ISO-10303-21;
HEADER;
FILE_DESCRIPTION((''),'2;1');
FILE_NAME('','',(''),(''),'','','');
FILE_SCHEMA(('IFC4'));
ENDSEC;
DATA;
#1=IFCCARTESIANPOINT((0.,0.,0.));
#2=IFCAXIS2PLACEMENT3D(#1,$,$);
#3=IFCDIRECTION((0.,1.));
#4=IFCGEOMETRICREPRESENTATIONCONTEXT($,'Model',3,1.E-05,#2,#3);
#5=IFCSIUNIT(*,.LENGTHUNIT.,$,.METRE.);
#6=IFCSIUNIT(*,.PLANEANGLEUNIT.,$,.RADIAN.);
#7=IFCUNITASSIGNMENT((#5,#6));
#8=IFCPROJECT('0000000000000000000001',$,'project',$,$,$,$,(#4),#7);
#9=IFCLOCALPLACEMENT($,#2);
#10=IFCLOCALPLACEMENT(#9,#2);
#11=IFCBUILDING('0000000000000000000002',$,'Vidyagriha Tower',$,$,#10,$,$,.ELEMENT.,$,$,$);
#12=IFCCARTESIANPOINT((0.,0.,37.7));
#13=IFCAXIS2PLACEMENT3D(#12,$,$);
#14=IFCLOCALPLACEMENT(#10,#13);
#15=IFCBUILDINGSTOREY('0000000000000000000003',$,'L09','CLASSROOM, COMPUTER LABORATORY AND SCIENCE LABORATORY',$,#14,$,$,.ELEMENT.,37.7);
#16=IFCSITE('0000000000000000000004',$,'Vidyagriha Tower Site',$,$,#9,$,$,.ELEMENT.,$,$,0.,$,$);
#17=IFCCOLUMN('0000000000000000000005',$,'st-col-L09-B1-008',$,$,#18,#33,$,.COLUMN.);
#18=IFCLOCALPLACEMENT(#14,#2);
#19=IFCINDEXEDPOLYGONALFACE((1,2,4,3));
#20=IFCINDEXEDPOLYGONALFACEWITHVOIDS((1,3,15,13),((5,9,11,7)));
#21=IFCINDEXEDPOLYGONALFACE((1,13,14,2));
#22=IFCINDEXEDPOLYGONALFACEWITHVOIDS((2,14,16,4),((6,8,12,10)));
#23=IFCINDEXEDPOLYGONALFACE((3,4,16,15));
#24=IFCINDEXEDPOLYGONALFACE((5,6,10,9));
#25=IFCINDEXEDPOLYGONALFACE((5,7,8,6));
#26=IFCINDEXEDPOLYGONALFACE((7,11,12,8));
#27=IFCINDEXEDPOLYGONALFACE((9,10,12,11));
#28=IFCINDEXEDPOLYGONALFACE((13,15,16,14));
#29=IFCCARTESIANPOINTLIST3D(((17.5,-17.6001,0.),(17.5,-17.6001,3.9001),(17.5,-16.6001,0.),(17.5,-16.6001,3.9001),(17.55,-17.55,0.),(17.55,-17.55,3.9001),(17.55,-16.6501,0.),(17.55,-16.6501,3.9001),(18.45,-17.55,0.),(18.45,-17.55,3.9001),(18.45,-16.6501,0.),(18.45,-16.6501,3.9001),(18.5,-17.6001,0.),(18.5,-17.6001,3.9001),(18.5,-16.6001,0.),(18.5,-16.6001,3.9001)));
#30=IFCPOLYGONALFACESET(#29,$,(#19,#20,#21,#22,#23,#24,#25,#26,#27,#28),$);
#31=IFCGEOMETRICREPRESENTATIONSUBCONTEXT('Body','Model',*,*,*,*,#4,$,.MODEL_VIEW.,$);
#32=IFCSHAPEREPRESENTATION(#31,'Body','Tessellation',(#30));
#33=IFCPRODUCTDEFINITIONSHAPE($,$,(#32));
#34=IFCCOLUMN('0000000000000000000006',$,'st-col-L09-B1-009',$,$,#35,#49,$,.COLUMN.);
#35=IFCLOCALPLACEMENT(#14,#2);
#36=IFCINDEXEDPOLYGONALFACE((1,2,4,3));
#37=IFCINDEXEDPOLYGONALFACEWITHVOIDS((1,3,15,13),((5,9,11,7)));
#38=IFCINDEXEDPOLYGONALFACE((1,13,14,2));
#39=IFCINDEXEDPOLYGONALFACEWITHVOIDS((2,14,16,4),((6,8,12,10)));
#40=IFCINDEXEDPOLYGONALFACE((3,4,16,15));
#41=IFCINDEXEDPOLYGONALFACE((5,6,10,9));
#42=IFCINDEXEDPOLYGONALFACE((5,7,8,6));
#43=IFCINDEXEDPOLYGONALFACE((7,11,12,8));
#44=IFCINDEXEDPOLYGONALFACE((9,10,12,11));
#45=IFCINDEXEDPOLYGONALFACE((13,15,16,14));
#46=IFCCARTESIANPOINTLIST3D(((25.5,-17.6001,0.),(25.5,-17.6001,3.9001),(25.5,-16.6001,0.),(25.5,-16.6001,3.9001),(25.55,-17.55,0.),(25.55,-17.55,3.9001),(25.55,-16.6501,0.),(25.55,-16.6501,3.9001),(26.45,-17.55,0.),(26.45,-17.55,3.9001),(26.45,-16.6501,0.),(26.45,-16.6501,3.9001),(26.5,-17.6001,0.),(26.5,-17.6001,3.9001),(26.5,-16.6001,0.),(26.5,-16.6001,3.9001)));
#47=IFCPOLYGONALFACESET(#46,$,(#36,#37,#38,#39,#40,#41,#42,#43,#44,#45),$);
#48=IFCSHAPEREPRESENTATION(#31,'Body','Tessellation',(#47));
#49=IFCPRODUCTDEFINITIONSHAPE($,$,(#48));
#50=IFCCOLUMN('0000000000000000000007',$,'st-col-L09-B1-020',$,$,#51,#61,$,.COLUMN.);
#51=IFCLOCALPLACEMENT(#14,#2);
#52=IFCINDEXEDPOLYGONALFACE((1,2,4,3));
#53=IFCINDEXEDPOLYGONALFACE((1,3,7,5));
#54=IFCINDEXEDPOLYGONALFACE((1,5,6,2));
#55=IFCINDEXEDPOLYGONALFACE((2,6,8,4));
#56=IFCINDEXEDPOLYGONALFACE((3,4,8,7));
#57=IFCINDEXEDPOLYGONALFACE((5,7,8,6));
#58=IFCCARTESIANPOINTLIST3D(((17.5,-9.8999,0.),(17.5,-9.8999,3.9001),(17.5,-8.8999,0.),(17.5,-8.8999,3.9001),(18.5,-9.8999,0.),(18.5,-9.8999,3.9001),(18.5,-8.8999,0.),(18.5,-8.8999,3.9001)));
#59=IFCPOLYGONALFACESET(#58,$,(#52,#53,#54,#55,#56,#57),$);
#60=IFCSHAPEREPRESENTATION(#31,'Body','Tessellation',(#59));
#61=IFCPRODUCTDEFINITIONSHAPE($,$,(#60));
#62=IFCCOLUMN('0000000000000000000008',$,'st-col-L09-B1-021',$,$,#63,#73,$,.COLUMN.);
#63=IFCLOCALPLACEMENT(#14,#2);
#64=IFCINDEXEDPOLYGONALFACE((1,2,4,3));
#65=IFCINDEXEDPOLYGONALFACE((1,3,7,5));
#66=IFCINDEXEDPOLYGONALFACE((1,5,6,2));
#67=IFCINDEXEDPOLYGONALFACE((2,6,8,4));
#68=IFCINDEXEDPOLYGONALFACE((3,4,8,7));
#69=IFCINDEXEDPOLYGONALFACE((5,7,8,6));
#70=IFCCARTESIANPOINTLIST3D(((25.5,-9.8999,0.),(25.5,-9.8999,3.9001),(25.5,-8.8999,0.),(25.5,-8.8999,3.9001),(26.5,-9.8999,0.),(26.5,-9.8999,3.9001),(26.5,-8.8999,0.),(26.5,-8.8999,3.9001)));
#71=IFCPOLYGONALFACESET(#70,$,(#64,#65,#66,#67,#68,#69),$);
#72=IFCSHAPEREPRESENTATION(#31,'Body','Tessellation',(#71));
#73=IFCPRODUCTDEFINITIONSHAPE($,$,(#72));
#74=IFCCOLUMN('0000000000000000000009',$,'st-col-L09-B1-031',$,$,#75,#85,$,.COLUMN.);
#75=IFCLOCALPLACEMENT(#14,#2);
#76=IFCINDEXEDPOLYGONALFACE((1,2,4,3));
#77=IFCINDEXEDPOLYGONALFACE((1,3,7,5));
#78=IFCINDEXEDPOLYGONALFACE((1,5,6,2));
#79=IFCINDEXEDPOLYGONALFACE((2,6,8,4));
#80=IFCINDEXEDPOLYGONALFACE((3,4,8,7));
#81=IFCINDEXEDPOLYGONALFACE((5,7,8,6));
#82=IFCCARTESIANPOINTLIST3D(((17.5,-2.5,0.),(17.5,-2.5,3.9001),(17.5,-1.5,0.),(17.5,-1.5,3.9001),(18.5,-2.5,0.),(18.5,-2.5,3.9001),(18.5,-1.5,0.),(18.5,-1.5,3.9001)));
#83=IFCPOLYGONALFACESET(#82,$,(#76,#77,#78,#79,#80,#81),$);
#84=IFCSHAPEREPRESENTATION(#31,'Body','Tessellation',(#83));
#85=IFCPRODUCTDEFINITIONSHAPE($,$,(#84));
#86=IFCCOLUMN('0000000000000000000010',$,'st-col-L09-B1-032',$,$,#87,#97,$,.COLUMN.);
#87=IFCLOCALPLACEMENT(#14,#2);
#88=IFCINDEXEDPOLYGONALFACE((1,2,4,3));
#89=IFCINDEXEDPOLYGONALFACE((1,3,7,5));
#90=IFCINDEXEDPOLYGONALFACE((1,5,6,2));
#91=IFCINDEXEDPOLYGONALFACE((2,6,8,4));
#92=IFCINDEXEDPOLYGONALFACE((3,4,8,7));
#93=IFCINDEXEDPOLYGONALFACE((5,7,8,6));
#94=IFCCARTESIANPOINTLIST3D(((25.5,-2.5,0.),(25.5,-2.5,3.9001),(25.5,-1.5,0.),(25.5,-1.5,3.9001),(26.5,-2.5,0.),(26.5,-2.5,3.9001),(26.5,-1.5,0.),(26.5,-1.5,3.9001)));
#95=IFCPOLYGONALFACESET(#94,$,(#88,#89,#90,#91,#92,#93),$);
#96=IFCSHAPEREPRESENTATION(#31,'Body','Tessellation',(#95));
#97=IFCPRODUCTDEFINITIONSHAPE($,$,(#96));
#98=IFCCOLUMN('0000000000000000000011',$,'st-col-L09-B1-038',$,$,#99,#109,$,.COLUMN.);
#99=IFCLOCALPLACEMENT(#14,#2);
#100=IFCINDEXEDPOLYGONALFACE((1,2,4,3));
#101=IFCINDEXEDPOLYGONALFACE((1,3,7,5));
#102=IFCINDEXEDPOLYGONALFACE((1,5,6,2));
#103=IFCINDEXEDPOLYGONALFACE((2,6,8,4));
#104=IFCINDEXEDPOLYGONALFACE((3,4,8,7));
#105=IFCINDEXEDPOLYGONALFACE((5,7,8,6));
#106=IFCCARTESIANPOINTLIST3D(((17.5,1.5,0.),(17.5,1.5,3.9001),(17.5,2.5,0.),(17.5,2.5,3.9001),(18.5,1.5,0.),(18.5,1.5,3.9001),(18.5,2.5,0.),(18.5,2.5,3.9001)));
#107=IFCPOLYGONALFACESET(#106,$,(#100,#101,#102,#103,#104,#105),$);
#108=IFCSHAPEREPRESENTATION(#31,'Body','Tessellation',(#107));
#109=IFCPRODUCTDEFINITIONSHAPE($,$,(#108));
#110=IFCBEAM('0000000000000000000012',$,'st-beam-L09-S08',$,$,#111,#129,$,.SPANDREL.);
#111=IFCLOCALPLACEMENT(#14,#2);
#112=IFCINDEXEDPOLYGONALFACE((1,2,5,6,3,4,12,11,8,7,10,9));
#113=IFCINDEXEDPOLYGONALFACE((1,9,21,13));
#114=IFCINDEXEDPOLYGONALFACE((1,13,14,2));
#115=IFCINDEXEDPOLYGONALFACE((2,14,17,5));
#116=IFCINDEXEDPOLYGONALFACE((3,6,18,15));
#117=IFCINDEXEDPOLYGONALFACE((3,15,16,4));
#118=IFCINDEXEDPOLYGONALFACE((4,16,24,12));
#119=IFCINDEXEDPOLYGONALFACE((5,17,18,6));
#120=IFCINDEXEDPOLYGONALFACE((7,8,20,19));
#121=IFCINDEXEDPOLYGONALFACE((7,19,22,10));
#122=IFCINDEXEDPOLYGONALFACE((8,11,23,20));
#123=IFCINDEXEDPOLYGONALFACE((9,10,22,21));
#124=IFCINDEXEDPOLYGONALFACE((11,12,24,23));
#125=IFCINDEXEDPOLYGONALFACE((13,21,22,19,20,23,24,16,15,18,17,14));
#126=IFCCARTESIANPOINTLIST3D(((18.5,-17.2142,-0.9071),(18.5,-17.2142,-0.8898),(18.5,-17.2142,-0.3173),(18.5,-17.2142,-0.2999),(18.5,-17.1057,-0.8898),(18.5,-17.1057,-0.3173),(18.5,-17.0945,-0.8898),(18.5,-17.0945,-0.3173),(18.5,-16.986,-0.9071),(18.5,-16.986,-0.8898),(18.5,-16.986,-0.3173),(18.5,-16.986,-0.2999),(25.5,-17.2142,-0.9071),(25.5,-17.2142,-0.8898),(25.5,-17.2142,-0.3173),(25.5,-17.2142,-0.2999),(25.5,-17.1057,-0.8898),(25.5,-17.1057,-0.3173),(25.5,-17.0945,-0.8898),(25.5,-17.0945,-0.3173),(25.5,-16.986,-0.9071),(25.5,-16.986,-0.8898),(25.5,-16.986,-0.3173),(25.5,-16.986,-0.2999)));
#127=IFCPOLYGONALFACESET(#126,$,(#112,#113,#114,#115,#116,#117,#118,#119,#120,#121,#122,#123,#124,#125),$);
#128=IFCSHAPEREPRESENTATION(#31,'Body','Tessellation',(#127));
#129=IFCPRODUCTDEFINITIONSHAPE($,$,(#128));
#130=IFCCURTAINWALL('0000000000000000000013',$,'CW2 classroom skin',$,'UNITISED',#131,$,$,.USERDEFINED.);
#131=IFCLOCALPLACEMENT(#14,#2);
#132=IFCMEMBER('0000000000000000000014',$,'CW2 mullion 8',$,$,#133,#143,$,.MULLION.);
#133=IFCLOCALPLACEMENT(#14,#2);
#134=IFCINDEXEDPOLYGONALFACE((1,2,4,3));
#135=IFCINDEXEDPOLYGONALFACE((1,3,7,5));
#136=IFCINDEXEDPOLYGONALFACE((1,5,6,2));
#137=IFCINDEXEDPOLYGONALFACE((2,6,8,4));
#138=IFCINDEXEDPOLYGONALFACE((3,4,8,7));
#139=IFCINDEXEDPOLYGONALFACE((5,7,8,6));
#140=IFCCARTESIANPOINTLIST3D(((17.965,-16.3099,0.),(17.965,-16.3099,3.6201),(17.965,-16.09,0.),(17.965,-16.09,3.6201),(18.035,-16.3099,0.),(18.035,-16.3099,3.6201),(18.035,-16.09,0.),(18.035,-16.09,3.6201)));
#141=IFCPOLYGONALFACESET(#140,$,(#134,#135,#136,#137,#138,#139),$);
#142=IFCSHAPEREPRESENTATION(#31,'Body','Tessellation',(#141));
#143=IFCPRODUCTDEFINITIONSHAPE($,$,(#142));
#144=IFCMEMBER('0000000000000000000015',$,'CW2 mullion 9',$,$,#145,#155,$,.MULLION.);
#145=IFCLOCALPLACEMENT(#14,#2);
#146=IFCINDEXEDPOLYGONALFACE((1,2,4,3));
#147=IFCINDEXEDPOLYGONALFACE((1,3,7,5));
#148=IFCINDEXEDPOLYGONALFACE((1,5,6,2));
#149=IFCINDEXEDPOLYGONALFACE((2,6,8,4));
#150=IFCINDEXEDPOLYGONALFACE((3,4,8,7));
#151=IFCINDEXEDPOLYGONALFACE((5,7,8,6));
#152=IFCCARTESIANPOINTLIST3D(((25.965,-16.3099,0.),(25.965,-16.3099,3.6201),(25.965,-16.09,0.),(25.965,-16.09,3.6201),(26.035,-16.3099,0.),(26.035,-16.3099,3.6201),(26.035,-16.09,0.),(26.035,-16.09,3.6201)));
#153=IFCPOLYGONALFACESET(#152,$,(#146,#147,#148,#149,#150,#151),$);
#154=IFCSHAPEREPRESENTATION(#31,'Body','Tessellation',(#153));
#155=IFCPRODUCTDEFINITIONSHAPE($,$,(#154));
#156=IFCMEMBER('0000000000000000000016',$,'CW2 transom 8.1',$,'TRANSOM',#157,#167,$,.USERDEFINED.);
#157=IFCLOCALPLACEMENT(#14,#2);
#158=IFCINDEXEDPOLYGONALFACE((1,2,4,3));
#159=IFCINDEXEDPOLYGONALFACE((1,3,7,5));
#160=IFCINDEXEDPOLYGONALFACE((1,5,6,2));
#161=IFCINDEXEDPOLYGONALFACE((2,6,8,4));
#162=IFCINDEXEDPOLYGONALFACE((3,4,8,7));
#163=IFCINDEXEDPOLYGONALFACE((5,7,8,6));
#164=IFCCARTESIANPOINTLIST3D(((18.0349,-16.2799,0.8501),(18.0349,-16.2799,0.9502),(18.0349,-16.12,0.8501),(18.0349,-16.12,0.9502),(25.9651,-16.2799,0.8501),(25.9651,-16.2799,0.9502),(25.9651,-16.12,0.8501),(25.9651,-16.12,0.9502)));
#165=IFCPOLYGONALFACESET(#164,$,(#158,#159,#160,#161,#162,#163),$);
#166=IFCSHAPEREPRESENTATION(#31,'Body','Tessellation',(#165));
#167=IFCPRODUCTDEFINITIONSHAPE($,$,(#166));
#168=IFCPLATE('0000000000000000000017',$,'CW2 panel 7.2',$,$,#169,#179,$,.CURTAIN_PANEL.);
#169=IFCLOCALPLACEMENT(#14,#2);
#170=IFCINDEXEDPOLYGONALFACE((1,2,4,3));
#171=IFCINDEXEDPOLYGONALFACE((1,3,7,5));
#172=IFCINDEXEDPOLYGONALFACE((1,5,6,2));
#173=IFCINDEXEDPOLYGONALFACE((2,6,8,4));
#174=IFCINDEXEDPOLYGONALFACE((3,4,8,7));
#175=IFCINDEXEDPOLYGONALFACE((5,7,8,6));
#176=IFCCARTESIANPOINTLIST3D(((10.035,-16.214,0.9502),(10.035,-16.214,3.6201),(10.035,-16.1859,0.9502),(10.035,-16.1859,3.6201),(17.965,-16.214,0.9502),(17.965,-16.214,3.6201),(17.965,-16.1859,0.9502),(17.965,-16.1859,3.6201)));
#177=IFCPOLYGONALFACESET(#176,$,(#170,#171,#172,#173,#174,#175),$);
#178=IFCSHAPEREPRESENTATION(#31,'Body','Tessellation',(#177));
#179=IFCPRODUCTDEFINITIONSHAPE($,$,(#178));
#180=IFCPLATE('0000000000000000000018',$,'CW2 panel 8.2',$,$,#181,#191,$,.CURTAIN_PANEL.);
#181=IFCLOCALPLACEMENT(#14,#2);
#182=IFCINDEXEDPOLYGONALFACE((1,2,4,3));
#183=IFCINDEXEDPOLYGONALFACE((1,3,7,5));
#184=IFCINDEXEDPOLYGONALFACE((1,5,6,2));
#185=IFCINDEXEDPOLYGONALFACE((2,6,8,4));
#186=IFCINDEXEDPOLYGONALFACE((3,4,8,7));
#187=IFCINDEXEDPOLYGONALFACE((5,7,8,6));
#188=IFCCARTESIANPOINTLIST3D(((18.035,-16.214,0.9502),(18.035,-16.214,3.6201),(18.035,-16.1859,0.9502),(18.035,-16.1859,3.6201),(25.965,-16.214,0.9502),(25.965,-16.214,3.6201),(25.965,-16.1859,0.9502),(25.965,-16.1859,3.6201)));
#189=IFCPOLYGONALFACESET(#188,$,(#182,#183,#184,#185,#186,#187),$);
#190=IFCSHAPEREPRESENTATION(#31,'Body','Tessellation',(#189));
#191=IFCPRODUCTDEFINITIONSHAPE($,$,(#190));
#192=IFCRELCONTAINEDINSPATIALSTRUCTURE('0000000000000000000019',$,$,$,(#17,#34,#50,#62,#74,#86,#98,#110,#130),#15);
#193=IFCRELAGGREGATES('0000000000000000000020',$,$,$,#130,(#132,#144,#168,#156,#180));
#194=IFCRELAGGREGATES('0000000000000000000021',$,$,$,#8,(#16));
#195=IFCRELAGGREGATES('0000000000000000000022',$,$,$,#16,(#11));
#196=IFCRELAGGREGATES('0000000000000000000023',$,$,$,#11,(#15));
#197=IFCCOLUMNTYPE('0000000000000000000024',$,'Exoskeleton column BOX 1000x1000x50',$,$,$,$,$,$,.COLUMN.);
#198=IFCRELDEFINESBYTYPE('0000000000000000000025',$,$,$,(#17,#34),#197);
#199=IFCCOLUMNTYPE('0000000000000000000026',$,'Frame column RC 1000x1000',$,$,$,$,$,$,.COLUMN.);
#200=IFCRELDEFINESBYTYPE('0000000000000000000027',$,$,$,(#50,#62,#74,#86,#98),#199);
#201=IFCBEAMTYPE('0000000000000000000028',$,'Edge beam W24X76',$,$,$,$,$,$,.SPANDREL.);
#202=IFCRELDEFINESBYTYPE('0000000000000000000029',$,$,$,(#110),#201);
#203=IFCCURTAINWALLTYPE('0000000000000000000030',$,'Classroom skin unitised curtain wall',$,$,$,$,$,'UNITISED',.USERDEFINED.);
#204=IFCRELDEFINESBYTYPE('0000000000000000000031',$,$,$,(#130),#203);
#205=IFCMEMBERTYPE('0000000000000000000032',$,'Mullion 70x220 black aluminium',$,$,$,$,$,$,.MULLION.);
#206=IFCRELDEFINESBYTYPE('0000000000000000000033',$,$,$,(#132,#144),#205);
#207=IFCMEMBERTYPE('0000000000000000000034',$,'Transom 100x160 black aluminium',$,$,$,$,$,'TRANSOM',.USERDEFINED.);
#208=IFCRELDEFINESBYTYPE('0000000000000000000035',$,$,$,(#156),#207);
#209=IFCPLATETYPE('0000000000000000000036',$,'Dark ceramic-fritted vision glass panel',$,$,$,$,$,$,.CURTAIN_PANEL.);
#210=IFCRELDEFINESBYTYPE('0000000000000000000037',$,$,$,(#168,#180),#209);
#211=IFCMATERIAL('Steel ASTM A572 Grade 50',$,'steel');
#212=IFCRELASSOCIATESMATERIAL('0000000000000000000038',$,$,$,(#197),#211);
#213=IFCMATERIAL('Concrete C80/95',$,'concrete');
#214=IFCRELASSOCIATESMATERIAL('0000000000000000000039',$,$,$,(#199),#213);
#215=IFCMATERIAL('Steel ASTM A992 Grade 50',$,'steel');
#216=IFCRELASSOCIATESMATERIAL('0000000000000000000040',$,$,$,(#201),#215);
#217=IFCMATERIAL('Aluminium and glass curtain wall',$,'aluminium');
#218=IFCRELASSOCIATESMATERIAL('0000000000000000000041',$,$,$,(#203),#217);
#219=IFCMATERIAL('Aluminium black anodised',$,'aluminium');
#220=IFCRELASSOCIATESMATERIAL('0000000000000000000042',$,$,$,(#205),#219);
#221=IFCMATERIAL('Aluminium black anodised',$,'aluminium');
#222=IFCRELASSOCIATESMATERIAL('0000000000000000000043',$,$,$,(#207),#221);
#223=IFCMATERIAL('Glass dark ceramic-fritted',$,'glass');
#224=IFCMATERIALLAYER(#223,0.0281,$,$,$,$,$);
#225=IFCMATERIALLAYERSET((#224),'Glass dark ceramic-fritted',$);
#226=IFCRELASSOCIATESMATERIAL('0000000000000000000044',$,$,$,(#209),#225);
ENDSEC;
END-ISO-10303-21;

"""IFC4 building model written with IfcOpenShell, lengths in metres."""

from ifc_helpers import new_model, si_unit, direction, frame, origin, origin_2d, place, context, subcontext, project, spatial, rectangle, hollow_rectangle, i_section, extrude, material, layer, layer_set, material_profile, profile_set, type_object, element, aggregate, save


model = new_model("IFC4")

# Units and contexts
model_context = context("Model", 3, precision=1e-05, world=origin(), true_north=direction((0.0, 1.0)))
body_context = subcontext(model_context, "Body", "Model", "MODEL_VIEW")
ifc_project = project(units=[si_unit("LENGTHUNIT", "METRE"), si_unit("PLANEANGLEUNIT", "RADIAN")], contexts=[model_context])

# Site, building, storey
site_placement = place(None, origin())
site = spatial("IfcSite", under=ifc_project, at=site_placement, Name="Vidyagriha Tower Site", CompositionType="ELEMENT", RefElevation=0.0)
building_placement = place(site_placement, origin())
building = spatial("IfcBuilding", under=site, at=building_placement, Name="Vidyagriha Tower", CompositionType="ELEMENT")
storey_placement = place(building_placement, frame((0.0, 0.0, 37.7)))
storey = spatial("IfcBuildingStorey", under=building, at=storey_placement, Name="L09", Description="CLASSROOM, COMPUTER LABORATORY AND SCIENCE LABORATORY", CompositionType="ELEMENT", Elevation=37.7)

# Columns
ifc_material_1 = material(Name="Steel ASTM A572 Grade 50", Category="steel")
ifc_material_profile_1 = material_profile(ifc_material_1, hollow_rectangle(XDim=1.0, YDim=1.0, WallThickness=0.05, at=origin_2d()), Name="BOX 1000x1000x50")
ifc_profile_set_1 = profile_set([ifc_material_profile_1], Name="Steel ASTM A572 Grade 50")
column_type_1 = type_object("IfcColumnType", Name="Exoskeleton column BOX 1000x1000x50", PredefinedType="COLUMN", material=ifc_profile_set_1)
for number, where, name in (
    (1, (18.0, -17.1001, 0.0), "st-col-L09-B1-008"),
    (2, (26.0, -17.1001, 0.0), "st-col-L09-B1-009"),
):
    element("IfcColumn", number, at=place(storey_placement, frame(where)), inside=storey, type_object=column_type_1, Name=name, PredefinedType="COLUMN", context=body_context, shape_type="SweptSolid", body=[
        extrude(hollow_rectangle(XDim=1.0, YDim=1.0, WallThickness=0.05, at=origin_2d()), origin(), (0.0, 0.0, 1.0), 3.9001),
    ])
ifc_material_2 = material(Name="Concrete C80/95", Category="concrete")
ifc_material_profile_2 = material_profile(ifc_material_2, rectangle(XDim=1.0, YDim=1.0, at=origin_2d()), Name="RC 1000x1000")
ifc_profile_set_2 = profile_set([ifc_material_profile_2], Name="Concrete C80/95")
column_type_2 = type_object("IfcColumnType", Name="Frame column RC 1000x1000", PredefinedType="COLUMN", material=ifc_profile_set_2)
for number, where, name in (
    (3, (18.0, -9.3999, 0.0), "st-col-L09-B1-020"),
    (4, (26.0, -9.3999, 0.0), "st-col-L09-B1-021"),
    (5, (18.0, -2.0, 0.0), "st-col-L09-B1-031"),
    (6, (26.0, -2.0, 0.0), "st-col-L09-B1-032"),
    (7, (18.0, 2.0, 0.0), "st-col-L09-B1-038"),
):
    element("IfcColumn", number, at=place(storey_placement, frame(where)), inside=storey, type_object=column_type_2, Name=name, PredefinedType="COLUMN", context=body_context, shape_type="SweptSolid", body=[
        extrude(rectangle(XDim=1.0, YDim=1.0, at=origin_2d()), origin(), (0.0, 0.0, 1.0), 3.9001),
    ])

# Beam
ifc_material_3 = material(Name="Steel ASTM A992 Grade 50", Category="steel")
ifc_material_profile_3 = material_profile(ifc_material_3, i_section(OverallWidth=0.2283, OverallDepth=0.6072, WebThickness=0.0112, FlangeThickness=0.0173, at=origin_2d()), Name="W24X76")
ifc_profile_set_3 = profile_set([ifc_material_profile_3], Name="Steel ASTM A992 Grade 50")
beam_type = type_object("IfcBeamType", Name="Edge beam W24X76", PredefinedType="SPANDREL", material=ifc_profile_set_3)
beam_placement = place(storey_placement, frame((18.5, -17.1001, -0.6035), z_axis=(1.0, 0.0, 0.0), x_axis=(0.0, 1.0, 0.0)))
element("IfcBeam", 8, at=beam_placement, inside=storey, type_object=beam_type, Name="st-beam-L09-S08", PredefinedType="SPANDREL", context=body_context, shape_type="SweptSolid", body=[
    extrude(i_section(OverallWidth=0.2283, OverallDepth=0.6072, WebThickness=0.0112, FlangeThickness=0.0173, at=origin_2d()), origin(), (0.0, 0.0, 1.0), 7.0),
])

# Curtain wall, members, plates
ifc_material_4 = material(Name="Aluminium and glass curtain wall", Category="aluminium")
curtain_wall_type = type_object("IfcCurtainWallType", Name="Classroom skin unitised curtain wall", ElementType="UNITISED", PredefinedType="USERDEFINED", material=ifc_material_4)
curtain_wall_placement = place(storey_placement, origin())
curtain_wall = element("IfcCurtainWall", 9, at=curtain_wall_placement, inside=storey, type_object=curtain_wall_type, Name="CW2 classroom skin", ObjectType="UNITISED", PredefinedType="USERDEFINED")
ifc_material_5 = material(Name="Aluminium black anodised", Category="aluminium")
ifc_material_profile_4 = material_profile(ifc_material_5, rectangle(XDim=0.22, YDim=0.0701, at=origin_2d()), Name="Mullion 70x220 black aluminium")
ifc_profile_set_4 = profile_set([ifc_material_profile_4], Name="Aluminium black anodised")
member_type_1 = type_object("IfcMemberType", Name="Mullion 70x220 black aluminium", PredefinedType="MULLION", material=ifc_profile_set_4)
member_1_placement = place(storey_placement, frame((18.0, -16.2, 0.0), z_axis=(0.0, 0.0, 1.0), x_axis=(0.0, 1.0, 0.0)))
member_1 = element("IfcMember", 10, at=member_1_placement, type_object=member_type_1, Name="CW2 mullion 8", PredefinedType="MULLION", context=body_context, shape_type="SweptSolid", body=[
    extrude(rectangle(XDim=0.22, YDim=0.0701, at=origin_2d()), origin(), (0.0, 0.0, 1.0), 3.6201),
])
member_2_placement = place(storey_placement, frame((26.0, -16.2, 0.0), z_axis=(0.0, 0.0, 1.0), x_axis=(0.0, 1.0, 0.0)))
member_2 = element("IfcMember", 11, at=member_2_placement, type_object=member_type_1, Name="CW2 mullion 9", PredefinedType="MULLION", context=body_context, shape_type="SweptSolid", body=[
    extrude(rectangle(XDim=0.22, YDim=0.0701, at=origin_2d()), origin(), (0.0, 0.0, 1.0), 3.6201),
])
ifc_material_6 = material(Name="Aluminium black anodised", Category="aluminium")
ifc_material_profile_5 = material_profile(ifc_material_6, rectangle(XDim=0.1599, YDim=0.1001, at=origin_2d()), Name="Transom 100x160 black aluminium")
ifc_profile_set_5 = profile_set([ifc_material_profile_5], Name="Aluminium black anodised")
member_type_2 = type_object("IfcMemberType", Name="Transom 100x160 black aluminium", ElementType="TRANSOM", PredefinedType="USERDEFINED", material=ifc_profile_set_5)
member_3_placement = place(storey_placement, frame((18.0349, -16.2, 0.9001), z_axis=(1.0, 0.0, 0.0), x_axis=(0.0, 1.0, 0.0)))
member_3 = element("IfcMember", 12, at=member_3_placement, type_object=member_type_2, Name="CW2 transom 8.1", ObjectType="TRANSOM", PredefinedType="USERDEFINED", context=body_context, shape_type="SweptSolid", body=[
    extrude(rectangle(XDim=0.1599, YDim=0.1001, at=origin_2d()), origin(), (0.0, 0.0, 1.0), 7.9302),
])
ifc_material_7 = material(Name="Glass dark ceramic-fritted", Category="glass")
ifc_layer_1 = layer(ifc_material_7, 0.0281)
ifc_layer_set_1 = layer_set([ifc_layer_1], Name="Glass dark ceramic-fritted")
plate_type_1 = type_object("IfcPlateType", Name="Dark ceramic-fritted vision glass panel", PredefinedType="CURTAIN_PANEL", material=ifc_layer_set_1)
plate_1_placement = place(storey_placement, frame((14.0, -16.2, 0.9502)))
plate_1 = element("IfcPlate", 13, at=plate_1_placement, type_object=plate_type_1, Name="CW2 panel 7.2", PredefinedType="CURTAIN_PANEL", context=body_context, shape_type="SweptSolid", body=[
    extrude(rectangle(XDim=7.9299, YDim=0.0281, at=origin_2d()), origin(), (0.0, 0.0, 1.0), 2.6699),
])
plate_2_placement = place(storey_placement, frame((22.0, -16.2, 0.9502)))
plate_2 = element("IfcPlate", 14, at=plate_2_placement, type_object=plate_type_1, Name="CW2 panel 8.2", PredefinedType="CURTAIN_PANEL", context=body_context, shape_type="SweptSolid", body=[
    extrude(rectangle(XDim=7.9299, YDim=0.0281, at=origin_2d()), origin(), (0.0, 0.0, 1.0), 2.6699),
])
aggregate(curtain_wall, [member_1, member_2, plate_1, member_3, plate_2])

save(model, "model.ifc")
